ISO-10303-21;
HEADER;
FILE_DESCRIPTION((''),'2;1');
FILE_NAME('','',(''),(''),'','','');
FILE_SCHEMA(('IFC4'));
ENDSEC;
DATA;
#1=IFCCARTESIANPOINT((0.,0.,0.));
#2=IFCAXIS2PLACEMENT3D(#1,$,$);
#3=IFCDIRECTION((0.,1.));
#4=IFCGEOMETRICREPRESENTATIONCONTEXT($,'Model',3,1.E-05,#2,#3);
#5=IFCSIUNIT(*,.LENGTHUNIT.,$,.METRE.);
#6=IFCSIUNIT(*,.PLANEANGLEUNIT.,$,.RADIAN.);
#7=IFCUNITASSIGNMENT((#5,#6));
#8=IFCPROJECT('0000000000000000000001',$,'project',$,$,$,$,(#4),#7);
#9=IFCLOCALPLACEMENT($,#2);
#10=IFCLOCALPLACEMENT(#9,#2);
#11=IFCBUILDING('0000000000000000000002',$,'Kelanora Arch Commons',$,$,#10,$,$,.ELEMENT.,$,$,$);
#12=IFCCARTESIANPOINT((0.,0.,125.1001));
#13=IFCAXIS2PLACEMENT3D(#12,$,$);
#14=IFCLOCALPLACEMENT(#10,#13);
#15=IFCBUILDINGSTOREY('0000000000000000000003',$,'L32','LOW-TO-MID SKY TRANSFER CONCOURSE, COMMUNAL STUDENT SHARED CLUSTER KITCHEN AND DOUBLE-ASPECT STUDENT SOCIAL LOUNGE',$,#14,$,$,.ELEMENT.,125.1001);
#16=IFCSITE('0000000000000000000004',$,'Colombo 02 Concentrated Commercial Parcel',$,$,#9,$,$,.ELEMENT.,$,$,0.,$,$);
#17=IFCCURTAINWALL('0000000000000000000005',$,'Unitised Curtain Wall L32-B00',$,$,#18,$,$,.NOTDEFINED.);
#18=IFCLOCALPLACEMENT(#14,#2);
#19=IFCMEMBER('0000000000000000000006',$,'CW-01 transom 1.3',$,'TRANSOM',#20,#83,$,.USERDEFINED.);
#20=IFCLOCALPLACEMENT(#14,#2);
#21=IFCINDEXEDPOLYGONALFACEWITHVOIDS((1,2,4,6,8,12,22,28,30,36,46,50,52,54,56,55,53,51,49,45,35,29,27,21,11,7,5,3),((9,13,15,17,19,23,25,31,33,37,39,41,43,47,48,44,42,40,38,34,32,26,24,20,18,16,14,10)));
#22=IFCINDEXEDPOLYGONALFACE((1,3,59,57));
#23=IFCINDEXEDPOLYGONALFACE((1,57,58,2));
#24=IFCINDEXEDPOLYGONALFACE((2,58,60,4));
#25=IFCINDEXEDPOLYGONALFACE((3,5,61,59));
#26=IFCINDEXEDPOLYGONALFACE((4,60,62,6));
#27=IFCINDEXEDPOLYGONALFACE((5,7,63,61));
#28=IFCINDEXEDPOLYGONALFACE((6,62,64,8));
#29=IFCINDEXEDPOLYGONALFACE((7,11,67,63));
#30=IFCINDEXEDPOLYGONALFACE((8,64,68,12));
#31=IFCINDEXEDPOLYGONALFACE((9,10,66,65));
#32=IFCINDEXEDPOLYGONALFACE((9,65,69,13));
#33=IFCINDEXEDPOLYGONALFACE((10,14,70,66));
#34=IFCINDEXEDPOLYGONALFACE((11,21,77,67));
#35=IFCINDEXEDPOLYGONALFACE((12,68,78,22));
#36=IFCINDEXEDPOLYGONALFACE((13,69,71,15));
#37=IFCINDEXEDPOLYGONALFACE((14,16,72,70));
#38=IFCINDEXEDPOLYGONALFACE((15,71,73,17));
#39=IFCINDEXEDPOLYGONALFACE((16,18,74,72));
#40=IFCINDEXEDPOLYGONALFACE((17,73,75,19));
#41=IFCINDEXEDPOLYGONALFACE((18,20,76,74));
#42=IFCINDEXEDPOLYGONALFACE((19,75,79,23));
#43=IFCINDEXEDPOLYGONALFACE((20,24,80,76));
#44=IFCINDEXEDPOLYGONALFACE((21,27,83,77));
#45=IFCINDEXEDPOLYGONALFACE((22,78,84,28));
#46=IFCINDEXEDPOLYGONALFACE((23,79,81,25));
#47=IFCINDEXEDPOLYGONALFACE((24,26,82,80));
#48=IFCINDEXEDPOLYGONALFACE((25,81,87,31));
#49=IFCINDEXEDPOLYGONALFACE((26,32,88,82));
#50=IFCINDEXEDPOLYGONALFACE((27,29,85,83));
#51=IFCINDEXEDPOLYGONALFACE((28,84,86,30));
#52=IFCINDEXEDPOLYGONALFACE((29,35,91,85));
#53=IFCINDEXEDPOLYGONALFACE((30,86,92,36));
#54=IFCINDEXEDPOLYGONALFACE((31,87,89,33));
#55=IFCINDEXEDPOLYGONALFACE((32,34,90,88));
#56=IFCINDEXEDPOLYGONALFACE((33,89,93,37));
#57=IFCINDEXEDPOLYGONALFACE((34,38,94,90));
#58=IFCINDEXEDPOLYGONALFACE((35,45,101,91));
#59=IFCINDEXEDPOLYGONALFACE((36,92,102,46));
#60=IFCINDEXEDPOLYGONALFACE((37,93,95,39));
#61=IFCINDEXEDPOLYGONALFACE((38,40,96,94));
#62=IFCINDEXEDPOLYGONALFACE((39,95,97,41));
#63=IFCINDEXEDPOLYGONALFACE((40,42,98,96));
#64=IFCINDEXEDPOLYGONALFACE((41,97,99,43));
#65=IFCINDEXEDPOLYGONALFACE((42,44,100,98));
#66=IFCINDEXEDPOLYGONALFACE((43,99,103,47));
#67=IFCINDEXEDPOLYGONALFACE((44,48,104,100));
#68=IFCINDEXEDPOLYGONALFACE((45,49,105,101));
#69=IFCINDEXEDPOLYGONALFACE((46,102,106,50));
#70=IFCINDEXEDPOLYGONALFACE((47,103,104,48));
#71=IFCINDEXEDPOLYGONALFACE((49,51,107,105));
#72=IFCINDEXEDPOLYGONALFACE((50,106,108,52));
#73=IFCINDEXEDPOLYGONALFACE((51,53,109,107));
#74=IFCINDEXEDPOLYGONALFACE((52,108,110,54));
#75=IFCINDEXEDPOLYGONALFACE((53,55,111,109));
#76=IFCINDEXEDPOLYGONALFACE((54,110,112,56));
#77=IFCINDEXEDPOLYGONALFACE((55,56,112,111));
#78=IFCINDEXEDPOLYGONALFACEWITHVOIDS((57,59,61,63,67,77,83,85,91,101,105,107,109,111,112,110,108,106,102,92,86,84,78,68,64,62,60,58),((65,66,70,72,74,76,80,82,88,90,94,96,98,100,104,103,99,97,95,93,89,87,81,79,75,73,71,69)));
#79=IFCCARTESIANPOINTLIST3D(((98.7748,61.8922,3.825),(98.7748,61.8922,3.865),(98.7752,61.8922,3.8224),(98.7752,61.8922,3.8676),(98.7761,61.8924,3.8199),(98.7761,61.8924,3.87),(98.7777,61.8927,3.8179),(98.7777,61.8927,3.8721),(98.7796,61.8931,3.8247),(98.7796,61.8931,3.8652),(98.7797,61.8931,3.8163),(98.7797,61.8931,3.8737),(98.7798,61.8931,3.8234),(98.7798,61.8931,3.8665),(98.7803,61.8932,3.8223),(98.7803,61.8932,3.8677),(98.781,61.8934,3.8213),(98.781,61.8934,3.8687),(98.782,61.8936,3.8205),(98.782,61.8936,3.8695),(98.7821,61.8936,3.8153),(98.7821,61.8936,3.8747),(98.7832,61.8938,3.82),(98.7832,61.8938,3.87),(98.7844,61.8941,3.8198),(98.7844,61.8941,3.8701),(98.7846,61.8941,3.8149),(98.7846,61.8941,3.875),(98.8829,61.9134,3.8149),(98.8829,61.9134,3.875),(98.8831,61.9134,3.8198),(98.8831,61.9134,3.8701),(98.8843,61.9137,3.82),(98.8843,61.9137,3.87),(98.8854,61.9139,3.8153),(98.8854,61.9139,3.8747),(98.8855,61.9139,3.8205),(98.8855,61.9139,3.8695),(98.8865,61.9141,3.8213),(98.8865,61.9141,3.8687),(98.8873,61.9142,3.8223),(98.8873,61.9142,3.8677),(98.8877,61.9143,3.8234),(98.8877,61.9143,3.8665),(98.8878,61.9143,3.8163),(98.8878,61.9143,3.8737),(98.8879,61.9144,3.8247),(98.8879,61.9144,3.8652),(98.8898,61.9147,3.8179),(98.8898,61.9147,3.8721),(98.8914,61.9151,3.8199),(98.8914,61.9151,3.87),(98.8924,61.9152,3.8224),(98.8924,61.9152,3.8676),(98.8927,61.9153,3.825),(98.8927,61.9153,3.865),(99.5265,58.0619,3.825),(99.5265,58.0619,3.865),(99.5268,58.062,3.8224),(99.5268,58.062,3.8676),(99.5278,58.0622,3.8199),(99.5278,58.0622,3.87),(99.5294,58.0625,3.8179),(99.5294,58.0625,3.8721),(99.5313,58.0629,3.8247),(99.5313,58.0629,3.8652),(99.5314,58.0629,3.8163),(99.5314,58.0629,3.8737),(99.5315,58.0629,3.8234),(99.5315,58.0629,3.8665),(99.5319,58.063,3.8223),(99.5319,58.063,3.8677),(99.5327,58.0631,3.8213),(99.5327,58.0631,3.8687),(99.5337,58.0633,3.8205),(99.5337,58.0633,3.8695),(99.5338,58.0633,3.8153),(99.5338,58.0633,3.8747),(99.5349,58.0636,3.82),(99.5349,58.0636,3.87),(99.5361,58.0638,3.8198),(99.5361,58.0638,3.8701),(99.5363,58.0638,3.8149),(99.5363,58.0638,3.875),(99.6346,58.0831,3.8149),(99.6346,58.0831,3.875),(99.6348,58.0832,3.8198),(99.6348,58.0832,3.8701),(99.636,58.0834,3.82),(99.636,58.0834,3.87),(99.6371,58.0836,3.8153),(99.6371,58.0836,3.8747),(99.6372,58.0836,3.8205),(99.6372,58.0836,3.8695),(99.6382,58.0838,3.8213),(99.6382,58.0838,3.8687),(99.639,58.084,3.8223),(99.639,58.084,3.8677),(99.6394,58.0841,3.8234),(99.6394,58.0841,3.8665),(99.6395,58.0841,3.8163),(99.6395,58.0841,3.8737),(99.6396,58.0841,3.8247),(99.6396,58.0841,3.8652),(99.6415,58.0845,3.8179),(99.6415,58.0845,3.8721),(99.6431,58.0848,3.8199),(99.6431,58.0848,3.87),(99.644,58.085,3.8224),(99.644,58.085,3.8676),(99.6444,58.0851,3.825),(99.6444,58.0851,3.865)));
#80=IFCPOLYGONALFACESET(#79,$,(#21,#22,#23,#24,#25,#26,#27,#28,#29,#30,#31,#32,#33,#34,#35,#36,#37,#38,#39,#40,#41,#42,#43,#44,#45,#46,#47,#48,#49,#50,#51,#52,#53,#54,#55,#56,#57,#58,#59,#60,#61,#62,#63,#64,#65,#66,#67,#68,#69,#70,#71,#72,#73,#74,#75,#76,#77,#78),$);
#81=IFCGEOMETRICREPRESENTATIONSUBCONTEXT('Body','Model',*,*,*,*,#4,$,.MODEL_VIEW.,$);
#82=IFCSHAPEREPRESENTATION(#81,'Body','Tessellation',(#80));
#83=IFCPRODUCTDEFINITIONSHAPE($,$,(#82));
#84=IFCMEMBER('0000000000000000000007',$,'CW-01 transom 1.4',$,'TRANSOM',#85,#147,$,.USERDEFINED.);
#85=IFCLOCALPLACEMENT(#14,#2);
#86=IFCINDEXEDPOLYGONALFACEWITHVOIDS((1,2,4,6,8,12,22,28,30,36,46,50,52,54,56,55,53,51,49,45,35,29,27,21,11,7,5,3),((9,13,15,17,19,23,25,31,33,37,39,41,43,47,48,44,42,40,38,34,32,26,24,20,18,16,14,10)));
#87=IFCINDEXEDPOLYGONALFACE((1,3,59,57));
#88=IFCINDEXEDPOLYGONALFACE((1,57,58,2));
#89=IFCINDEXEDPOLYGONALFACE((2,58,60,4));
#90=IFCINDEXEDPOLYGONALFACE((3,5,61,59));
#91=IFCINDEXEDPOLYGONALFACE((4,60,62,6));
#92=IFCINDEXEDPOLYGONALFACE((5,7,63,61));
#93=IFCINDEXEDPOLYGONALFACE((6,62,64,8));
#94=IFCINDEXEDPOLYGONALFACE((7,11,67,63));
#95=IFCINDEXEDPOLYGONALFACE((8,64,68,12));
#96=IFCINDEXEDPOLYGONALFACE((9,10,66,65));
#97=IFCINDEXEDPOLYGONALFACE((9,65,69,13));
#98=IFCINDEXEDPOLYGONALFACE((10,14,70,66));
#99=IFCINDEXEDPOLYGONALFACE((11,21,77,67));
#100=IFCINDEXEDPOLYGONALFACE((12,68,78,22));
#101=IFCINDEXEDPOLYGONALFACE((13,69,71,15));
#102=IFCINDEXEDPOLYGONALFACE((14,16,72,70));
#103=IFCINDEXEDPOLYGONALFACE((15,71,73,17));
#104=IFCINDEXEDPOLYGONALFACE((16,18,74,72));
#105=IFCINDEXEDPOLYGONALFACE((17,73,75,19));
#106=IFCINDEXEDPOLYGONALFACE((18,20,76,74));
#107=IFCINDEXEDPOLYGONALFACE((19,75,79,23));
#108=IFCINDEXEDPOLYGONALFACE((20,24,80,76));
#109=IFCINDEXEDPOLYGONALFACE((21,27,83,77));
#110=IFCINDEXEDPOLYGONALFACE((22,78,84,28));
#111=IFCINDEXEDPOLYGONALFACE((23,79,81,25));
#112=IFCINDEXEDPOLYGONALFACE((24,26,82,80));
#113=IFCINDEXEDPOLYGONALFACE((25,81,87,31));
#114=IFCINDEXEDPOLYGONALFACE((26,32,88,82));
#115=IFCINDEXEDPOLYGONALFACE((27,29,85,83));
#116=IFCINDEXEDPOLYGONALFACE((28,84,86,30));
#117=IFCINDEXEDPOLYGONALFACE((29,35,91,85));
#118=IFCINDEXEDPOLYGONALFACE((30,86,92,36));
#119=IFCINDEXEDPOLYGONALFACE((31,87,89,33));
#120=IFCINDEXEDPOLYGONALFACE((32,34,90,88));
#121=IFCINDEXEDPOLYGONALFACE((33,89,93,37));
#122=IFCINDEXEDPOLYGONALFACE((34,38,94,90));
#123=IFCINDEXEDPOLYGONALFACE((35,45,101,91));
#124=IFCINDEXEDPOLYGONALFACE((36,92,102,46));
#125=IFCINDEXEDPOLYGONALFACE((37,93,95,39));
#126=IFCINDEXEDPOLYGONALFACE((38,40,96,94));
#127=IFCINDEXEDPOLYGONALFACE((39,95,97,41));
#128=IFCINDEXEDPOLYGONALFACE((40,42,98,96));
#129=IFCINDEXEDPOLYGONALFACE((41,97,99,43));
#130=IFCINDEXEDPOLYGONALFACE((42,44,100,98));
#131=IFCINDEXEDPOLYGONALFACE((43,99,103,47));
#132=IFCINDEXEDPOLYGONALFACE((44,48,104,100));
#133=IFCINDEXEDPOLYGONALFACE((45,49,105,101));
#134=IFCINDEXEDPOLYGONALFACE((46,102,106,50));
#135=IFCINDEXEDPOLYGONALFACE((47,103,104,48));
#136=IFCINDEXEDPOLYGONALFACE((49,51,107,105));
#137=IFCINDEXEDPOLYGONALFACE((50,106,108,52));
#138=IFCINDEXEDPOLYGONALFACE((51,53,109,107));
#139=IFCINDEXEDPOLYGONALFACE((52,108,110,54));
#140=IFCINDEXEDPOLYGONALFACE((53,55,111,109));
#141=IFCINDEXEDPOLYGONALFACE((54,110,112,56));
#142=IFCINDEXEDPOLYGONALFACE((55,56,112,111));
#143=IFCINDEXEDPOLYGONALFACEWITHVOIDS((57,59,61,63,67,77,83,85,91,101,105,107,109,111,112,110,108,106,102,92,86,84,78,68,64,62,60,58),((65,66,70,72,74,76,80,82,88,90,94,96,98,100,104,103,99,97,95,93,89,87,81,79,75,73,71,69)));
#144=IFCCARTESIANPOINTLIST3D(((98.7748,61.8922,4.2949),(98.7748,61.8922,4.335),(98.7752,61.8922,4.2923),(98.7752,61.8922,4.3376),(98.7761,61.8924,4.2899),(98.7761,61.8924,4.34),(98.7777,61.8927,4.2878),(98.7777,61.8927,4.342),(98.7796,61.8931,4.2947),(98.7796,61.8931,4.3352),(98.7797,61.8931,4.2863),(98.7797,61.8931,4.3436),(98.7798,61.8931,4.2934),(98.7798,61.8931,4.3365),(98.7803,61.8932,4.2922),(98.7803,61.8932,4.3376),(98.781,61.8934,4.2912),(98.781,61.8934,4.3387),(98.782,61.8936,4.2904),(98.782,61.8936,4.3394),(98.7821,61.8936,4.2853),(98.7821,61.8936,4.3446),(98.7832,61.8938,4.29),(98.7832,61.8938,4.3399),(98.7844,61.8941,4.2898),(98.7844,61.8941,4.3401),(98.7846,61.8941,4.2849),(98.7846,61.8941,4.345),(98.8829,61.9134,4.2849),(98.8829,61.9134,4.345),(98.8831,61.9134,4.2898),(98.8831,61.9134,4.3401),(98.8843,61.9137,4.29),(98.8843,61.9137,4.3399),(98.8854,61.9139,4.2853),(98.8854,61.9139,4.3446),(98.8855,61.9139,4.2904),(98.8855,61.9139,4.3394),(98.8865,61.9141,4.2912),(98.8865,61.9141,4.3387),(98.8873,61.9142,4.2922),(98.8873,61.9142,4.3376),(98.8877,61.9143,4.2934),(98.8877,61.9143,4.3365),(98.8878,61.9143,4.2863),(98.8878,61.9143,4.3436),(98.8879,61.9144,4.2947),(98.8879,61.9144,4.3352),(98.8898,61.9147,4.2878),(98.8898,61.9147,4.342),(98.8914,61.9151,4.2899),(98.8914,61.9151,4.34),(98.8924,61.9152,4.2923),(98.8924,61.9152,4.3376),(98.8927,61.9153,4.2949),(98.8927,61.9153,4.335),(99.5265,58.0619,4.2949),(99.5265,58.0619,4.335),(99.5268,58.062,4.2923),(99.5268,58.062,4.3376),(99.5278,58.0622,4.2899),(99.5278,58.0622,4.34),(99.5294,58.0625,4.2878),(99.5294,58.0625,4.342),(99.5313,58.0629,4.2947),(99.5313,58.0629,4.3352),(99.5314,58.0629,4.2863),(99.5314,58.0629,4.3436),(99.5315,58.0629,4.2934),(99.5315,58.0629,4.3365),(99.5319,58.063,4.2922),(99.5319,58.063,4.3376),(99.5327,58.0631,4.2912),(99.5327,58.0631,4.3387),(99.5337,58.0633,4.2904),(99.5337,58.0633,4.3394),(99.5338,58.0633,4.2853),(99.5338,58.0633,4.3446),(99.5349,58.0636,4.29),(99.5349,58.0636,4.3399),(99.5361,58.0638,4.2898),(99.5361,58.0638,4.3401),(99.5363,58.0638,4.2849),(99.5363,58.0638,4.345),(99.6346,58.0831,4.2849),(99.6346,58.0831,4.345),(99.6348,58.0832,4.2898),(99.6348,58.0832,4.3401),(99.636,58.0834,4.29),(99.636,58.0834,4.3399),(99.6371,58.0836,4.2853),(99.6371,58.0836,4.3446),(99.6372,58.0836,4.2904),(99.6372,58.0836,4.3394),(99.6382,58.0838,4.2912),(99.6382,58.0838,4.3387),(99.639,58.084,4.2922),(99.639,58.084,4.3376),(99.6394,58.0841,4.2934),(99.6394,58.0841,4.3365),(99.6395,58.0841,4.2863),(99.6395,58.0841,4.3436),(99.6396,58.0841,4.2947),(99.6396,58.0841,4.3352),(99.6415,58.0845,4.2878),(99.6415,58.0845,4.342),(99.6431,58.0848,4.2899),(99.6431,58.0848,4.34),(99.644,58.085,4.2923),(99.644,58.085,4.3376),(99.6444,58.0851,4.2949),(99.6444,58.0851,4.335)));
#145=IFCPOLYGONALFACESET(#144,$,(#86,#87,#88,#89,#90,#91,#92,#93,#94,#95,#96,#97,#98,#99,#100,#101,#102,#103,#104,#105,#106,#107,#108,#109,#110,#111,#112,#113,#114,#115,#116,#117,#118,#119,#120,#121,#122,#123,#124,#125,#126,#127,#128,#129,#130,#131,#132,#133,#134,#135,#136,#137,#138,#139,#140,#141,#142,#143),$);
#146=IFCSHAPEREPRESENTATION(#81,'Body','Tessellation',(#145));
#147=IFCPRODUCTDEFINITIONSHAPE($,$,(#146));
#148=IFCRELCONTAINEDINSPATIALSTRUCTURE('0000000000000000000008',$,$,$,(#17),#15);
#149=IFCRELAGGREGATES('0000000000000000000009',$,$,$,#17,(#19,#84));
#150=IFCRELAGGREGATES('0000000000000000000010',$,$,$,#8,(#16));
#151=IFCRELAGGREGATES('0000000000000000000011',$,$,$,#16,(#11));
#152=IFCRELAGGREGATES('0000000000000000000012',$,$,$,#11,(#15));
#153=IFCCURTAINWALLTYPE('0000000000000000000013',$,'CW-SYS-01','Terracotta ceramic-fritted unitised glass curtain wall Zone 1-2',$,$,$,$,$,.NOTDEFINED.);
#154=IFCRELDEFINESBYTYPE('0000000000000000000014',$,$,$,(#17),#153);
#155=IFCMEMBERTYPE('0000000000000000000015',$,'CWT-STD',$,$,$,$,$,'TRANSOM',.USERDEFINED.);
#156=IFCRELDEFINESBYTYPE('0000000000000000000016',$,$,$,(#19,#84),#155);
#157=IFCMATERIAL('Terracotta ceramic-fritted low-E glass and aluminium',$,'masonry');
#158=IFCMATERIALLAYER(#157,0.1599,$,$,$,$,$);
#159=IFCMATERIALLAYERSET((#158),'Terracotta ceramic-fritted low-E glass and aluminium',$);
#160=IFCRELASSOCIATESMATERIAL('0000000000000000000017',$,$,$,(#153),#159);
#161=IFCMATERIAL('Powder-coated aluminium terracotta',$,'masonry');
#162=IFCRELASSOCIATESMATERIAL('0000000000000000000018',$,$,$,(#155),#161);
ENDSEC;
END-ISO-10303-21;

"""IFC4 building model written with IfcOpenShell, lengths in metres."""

from ifc_helpers import new_model, si_unit, direction, frame, origin, origin_2d, place, context, subcontext, project, spatial, hollow_rectangle, extrude, material, layer, layer_set, material_profile, profile_set, type_object, element, aggregate, save


model = new_model("IFC4")

# Units and contexts
model_context = context("Model", 3, precision=1e-05, world=origin(), true_north=direction((0.0, 1.0)))
body_context = subcontext(model_context, "Body", "Model", "MODEL_VIEW")
ifc_project = project(units=[si_unit("LENGTHUNIT", "METRE"), si_unit("PLANEANGLEUNIT", "RADIAN")], contexts=[model_context])

# Site, building, storey
site_placement = place(None, origin())
site = spatial("IfcSite", under=ifc_project, at=site_placement, Name="Colombo 02 Concentrated Commercial Parcel", CompositionType="ELEMENT", RefElevation=0.0)
building_placement = place(site_placement, origin())
building = spatial("IfcBuilding", under=site, at=building_placement, Name="Kelanora Arch Commons", CompositionType="ELEMENT")
storey_placement = place(building_placement, frame((0.0, 0.0, 125.1001)))
storey = spatial("IfcBuildingStorey", under=building, at=storey_placement, Name="L32", Description="LOW-TO-MID SKY TRANSFER CONCOURSE, COMMUNAL STUDENT SHARED CLUSTER KITCHEN AND DOUBLE-ASPECT STUDENT SOCIAL LOUNGE", CompositionType="ELEMENT", Elevation=125.1001)

# Curtain wall, members
ifc_material_1 = material(Name="Terracotta ceramic-fritted low-E glass and aluminium", Category="masonry")
ifc_layer_1 = layer(ifc_material_1, 0.1599)
ifc_layer_set_1 = layer_set([ifc_layer_1], Name="Terracotta ceramic-fritted low-E glass and aluminium")
curtain_wall_type = type_object("IfcCurtainWallType", Name="CW-SYS-01", Description="Terracotta ceramic-fritted unitised glass curtain wall Zone 1-2", PredefinedType="NOTDEFINED", material=ifc_layer_set_1)
curtain_wall_placement = place(storey_placement, origin())
curtain_wall = element("IfcCurtainWall", 1, at=curtain_wall_placement, inside=storey, type_object=curtain_wall_type, Name="Unitised Curtain Wall L32-B00", PredefinedType="NOTDEFINED")
ifc_material_2 = material(Name="Powder-coated aluminium terracotta", Category="masonry")
ifc_material_profile_1 = material_profile(ifc_material_2, hollow_rectangle(XDim=0.1201, YDim=0.0601, WallThickness=0.0049, InnerFilletRadius=0.0049, OuterFilletRadius=0.01, at=origin_2d()), Name="CWT120x60")
ifc_profile_set_1 = profile_set([ifc_material_profile_1], Name="Powder-coated aluminium terracotta")
member_type_1 = type_object("IfcMemberType", Name="CWT-STD", ElementType="TRANSOM", PredefinedType="USERDEFINED", material=ifc_profile_set_1)
member_1_placement = place(storey_placement, frame((99.5854, 58.0735, 3.845), z_axis=(-0.192579, 0.981282, 0.0), x_axis=(-0.981282, -0.192579, 0.0)))
member_1 = element("IfcMember", 2, at=member_1_placement, type_object=member_type_1, Name="CW-01 transom 1.3", ObjectType="TRANSOM", PredefinedType="USERDEFINED", context=body_context, shape_type="SweptSolid", body=[
    extrude(hollow_rectangle(XDim=0.1201, YDim=0.0601, WallThickness=0.0049, InnerFilletRadius=0.0049, OuterFilletRadius=0.01, at=origin_2d()), origin(), (0.0, 0.0, 1.0), 3.9033),
])
member_2_placement = place(storey_placement, frame((99.5854, 58.0735, 4.3149), z_axis=(-0.192579, 0.981282, 0.0), x_axis=(-0.981282, -0.192579, 0.0)))
member_2 = element("IfcMember", 3, at=member_2_placement, type_object=member_type_1, Name="CW-01 transom 1.4", ObjectType="TRANSOM", PredefinedType="USERDEFINED", context=body_context, shape_type="SweptSolid", body=[
    extrude(hollow_rectangle(XDim=0.1201, YDim=0.0601, WallThickness=0.0049, InnerFilletRadius=0.0049, OuterFilletRadius=0.01, at=origin_2d()), origin(), (0.0, 0.0, 1.0), 3.9033),
])
aggregate(curtain_wall, [member_1, member_2])

save(model, "model.ifc")
